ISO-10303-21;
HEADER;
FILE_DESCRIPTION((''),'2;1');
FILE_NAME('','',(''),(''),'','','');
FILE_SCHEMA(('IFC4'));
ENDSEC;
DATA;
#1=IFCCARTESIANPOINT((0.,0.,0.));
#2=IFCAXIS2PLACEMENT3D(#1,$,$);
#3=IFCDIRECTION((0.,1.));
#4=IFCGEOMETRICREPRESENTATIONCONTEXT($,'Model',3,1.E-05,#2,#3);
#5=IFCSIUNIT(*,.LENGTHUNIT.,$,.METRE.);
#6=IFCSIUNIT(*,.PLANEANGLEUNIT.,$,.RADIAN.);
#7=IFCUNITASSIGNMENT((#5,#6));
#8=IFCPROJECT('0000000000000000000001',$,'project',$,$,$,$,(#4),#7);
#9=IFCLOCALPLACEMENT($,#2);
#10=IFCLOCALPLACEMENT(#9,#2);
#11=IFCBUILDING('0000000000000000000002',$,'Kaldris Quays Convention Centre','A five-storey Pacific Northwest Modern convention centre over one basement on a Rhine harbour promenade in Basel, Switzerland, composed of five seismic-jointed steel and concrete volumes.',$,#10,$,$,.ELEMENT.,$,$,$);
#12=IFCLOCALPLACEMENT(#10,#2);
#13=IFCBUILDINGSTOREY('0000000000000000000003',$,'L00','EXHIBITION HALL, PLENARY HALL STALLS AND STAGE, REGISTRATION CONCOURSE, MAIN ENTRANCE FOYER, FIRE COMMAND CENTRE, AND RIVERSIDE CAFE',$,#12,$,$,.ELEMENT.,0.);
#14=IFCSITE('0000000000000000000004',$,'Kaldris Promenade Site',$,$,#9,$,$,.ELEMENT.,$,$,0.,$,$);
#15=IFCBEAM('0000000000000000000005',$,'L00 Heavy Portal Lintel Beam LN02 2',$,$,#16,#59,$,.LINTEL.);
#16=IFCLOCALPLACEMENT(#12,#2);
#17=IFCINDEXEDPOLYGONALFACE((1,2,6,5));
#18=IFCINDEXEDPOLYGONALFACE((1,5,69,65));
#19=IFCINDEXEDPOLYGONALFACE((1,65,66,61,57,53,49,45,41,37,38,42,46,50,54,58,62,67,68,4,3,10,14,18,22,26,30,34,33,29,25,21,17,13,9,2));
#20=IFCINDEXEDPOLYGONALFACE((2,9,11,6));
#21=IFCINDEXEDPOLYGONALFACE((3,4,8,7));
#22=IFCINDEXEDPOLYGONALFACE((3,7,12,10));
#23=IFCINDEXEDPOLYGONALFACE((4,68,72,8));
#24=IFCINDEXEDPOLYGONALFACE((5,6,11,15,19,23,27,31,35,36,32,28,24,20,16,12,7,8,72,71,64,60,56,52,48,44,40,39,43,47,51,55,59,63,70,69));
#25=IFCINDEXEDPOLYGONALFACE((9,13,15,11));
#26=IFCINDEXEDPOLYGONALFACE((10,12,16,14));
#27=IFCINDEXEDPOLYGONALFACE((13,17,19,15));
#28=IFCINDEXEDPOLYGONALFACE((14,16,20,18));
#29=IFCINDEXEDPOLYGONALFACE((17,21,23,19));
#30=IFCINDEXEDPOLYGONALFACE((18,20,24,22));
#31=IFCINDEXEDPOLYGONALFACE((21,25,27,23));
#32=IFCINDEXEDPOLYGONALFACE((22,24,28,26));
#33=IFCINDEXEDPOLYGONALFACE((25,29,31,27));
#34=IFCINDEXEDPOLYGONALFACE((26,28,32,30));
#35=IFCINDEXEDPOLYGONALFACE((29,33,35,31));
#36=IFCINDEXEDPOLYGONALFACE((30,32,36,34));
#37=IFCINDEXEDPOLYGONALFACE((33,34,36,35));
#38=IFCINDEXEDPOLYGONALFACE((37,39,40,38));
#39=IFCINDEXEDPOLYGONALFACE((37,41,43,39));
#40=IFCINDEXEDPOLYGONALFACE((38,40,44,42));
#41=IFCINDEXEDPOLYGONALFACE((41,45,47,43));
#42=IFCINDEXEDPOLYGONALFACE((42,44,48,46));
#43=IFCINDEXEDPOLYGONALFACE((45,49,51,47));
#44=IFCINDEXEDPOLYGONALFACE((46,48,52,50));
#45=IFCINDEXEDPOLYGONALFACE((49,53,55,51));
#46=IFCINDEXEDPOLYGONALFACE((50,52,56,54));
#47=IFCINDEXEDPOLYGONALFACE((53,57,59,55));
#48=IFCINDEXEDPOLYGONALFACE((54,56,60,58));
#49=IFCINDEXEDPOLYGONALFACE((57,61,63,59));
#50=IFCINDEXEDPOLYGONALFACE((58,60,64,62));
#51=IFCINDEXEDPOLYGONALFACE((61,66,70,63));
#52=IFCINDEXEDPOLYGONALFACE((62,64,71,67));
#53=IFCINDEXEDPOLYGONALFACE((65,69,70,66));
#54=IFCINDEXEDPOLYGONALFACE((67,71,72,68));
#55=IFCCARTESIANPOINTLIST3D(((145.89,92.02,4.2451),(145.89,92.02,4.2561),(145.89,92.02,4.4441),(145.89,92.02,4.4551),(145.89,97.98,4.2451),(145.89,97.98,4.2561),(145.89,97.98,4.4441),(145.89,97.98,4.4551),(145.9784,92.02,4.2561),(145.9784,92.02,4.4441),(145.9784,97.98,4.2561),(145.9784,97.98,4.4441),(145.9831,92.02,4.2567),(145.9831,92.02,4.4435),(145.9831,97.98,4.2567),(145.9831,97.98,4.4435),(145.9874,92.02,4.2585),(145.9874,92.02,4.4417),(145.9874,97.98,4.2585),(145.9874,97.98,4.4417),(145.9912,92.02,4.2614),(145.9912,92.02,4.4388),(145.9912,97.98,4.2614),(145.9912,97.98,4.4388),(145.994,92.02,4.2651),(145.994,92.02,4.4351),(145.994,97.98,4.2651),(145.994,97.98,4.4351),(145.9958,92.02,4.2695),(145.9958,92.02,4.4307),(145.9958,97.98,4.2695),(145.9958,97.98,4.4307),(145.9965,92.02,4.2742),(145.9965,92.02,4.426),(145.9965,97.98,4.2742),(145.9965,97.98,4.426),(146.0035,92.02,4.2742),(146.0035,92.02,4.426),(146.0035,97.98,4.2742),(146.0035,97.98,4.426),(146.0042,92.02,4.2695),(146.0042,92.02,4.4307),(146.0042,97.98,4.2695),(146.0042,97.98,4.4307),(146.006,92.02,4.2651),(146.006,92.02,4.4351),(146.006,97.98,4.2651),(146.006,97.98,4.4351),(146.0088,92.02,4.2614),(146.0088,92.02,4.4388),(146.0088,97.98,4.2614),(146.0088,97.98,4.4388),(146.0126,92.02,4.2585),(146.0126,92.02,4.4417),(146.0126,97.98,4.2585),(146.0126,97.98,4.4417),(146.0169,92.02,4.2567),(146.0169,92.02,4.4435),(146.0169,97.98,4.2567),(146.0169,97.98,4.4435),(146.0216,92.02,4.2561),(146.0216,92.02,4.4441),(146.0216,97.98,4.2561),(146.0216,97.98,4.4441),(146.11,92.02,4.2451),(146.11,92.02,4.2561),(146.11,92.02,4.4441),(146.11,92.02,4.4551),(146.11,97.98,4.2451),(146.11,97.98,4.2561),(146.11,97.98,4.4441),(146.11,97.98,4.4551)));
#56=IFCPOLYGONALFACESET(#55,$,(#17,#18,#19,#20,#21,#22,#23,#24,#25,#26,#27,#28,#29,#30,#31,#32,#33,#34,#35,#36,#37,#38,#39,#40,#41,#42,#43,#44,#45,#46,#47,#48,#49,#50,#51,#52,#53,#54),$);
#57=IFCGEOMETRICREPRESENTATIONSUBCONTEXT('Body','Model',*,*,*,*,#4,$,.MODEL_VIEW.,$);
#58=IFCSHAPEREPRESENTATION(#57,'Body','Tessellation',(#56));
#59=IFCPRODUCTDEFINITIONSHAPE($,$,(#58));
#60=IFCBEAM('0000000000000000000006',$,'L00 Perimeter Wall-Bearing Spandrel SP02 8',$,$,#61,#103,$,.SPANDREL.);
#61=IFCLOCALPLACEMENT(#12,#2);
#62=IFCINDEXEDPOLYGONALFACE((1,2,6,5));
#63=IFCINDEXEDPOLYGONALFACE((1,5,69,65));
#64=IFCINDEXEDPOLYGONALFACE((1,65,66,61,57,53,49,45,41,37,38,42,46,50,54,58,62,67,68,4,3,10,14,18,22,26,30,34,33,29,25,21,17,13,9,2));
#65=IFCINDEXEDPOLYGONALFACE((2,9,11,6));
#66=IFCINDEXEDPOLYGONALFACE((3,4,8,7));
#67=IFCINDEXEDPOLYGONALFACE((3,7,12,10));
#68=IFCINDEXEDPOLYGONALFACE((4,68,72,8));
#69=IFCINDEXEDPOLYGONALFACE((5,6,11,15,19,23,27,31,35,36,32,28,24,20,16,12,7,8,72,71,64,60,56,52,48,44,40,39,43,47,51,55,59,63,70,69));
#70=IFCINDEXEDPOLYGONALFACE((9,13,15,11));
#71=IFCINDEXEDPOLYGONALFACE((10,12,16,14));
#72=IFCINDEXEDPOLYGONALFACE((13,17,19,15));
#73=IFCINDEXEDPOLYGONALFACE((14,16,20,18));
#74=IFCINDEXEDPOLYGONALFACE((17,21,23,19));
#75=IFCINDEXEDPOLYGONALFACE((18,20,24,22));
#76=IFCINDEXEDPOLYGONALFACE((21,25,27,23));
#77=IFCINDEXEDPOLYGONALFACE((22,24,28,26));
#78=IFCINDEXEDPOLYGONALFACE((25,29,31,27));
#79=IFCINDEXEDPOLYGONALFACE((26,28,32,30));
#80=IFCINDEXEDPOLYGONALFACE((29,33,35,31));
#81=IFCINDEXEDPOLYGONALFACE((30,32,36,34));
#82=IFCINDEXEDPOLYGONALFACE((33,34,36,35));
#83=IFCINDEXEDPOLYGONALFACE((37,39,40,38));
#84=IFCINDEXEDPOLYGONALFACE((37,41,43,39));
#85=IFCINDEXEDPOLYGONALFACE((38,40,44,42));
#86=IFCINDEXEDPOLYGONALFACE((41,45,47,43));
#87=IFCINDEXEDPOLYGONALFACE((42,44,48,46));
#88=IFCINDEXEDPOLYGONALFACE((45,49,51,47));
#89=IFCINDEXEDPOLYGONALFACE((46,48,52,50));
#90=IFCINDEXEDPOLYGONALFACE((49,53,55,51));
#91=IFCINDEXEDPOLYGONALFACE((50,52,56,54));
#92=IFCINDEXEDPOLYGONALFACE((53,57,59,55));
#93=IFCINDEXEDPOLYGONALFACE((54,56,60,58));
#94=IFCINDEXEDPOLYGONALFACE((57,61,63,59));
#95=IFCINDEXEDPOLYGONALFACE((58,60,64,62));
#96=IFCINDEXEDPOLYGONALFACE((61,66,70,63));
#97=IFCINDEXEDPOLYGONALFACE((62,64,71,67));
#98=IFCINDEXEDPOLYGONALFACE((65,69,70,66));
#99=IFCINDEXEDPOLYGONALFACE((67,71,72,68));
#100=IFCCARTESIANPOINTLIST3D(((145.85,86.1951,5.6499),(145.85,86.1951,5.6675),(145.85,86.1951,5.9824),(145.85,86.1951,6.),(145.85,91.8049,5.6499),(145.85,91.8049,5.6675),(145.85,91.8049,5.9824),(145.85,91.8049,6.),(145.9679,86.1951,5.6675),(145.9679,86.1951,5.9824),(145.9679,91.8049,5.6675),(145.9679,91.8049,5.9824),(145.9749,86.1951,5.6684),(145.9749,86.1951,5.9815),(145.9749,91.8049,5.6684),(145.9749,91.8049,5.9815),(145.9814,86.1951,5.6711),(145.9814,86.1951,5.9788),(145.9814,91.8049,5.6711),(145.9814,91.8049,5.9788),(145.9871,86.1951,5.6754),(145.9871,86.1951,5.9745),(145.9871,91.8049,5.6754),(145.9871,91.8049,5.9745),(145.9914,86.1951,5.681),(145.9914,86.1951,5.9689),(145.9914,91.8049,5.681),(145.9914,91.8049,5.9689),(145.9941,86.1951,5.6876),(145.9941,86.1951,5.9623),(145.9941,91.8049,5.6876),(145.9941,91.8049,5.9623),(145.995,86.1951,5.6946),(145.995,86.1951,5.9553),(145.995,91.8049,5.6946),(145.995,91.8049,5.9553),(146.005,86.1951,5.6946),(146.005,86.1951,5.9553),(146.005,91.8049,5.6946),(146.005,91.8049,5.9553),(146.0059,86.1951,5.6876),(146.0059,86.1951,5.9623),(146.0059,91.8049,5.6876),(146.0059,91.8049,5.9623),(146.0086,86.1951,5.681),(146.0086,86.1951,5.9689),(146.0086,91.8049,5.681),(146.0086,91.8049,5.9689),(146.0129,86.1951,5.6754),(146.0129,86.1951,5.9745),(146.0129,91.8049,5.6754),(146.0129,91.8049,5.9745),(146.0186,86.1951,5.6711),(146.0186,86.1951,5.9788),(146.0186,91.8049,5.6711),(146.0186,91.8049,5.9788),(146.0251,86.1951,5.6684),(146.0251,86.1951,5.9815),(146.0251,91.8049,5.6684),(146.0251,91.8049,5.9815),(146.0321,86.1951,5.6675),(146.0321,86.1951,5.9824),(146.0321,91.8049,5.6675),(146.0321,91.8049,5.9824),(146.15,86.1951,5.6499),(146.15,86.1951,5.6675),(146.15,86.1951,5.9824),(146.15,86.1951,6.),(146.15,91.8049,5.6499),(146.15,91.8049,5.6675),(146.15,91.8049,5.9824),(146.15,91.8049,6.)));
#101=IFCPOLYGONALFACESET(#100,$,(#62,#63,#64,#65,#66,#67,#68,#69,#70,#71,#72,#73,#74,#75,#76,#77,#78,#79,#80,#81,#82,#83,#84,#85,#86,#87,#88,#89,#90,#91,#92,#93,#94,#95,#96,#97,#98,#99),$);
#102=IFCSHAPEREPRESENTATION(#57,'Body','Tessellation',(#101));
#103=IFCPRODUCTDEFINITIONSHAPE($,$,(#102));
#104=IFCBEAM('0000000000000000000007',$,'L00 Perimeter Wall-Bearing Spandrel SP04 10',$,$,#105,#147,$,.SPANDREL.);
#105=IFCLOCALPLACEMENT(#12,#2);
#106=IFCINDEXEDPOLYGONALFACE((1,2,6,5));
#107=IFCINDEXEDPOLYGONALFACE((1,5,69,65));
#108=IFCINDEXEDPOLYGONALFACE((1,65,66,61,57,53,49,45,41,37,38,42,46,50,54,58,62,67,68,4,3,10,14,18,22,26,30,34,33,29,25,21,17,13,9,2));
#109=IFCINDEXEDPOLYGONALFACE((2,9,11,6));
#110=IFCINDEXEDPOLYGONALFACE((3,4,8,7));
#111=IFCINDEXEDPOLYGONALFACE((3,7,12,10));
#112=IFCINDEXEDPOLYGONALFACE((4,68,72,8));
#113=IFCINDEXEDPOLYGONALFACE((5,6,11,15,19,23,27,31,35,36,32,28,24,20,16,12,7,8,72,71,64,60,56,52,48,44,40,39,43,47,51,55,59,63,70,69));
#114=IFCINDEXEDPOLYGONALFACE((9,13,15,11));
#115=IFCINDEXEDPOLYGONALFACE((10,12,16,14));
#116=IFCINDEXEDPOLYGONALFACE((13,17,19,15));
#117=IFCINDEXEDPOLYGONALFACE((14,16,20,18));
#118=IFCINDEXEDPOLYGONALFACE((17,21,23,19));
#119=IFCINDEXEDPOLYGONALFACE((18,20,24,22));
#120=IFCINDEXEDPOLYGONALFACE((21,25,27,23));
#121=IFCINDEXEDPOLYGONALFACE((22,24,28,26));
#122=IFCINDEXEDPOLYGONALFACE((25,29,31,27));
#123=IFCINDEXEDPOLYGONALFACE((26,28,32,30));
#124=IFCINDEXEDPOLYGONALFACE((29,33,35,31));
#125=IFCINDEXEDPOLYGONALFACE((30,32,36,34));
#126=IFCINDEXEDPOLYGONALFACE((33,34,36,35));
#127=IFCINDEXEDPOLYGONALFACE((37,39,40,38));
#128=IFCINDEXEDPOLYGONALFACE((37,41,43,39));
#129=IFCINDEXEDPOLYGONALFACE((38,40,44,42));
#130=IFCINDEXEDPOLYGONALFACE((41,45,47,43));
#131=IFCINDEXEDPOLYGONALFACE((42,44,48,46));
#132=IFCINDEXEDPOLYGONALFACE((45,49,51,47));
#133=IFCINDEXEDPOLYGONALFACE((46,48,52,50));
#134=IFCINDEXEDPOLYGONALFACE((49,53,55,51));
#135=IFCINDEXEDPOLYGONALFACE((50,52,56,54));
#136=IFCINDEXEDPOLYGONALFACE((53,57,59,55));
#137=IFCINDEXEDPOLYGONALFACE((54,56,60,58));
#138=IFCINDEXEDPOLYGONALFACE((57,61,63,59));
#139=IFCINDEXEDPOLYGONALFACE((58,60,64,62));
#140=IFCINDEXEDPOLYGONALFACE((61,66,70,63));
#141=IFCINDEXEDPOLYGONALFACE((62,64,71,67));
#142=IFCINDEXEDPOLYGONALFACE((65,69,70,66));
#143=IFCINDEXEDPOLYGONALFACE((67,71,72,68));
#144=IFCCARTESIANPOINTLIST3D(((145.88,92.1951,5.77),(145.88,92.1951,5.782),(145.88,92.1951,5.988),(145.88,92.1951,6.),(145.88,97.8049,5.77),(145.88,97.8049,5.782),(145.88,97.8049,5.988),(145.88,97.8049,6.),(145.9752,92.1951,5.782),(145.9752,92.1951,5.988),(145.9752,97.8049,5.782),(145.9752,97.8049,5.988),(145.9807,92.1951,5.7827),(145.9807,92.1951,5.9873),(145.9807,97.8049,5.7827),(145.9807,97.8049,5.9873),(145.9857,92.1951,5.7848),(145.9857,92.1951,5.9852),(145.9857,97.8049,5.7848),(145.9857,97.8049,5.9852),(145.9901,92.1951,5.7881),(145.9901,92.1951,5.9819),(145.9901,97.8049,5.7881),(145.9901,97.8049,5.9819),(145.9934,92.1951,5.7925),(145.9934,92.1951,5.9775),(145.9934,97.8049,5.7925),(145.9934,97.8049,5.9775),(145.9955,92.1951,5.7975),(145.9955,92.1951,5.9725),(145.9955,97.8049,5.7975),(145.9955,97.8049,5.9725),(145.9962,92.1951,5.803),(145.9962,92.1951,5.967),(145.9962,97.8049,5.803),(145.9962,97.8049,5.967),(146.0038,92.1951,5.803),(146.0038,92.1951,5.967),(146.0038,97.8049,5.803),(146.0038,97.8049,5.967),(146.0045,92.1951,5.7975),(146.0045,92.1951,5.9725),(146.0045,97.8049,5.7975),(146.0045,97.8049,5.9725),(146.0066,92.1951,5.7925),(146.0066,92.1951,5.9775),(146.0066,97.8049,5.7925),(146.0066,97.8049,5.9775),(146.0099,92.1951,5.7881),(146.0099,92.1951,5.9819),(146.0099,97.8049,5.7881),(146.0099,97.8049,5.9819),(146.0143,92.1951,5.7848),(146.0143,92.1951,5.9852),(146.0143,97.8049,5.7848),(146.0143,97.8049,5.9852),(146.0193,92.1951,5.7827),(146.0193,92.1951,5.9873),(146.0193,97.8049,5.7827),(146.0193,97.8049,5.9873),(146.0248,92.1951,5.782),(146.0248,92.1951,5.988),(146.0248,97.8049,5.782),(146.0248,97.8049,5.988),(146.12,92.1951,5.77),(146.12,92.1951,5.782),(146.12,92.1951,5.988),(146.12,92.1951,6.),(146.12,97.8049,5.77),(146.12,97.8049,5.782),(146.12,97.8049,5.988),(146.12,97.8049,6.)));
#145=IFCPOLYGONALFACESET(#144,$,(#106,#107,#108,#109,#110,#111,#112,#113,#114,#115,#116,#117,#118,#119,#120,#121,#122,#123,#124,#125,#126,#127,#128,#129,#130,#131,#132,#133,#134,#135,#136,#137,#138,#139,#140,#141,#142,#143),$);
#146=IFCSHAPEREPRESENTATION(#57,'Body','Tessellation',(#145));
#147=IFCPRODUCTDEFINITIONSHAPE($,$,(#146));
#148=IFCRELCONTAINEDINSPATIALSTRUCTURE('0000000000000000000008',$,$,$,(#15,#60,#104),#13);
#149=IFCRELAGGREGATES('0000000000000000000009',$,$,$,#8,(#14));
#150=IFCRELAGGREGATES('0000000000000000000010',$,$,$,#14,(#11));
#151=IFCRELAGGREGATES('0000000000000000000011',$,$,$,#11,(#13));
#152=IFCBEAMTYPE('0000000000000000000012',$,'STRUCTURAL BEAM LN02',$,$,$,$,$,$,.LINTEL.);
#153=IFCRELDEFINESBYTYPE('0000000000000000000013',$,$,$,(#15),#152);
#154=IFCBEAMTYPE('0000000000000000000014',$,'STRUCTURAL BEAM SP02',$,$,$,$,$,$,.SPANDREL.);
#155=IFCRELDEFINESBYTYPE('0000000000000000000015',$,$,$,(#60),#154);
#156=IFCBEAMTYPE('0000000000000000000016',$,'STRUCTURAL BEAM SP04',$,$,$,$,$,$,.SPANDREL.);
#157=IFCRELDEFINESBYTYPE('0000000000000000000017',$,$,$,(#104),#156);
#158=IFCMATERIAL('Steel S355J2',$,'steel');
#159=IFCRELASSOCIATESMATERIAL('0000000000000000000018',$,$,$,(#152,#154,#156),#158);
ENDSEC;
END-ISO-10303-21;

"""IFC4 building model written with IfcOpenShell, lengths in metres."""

from ifc_helpers import new_model, si_unit, direction, frame, origin, origin_2d, place, context, subcontext, project, spatial, i_section, extrude, material, material_profile, profile_set, type_object, element, save


model = new_model("IFC4")

# Units and contexts
model_context = context("Model", 3, precision=1e-05, world=origin(), true_north=direction((0.0, 1.0)))
body_context = subcontext(model_context, "Body", "Model", "MODEL_VIEW")
ifc_project = project(units=[si_unit("LENGTHUNIT", "METRE"), si_unit("PLANEANGLEUNIT", "RADIAN")], contexts=[model_context])

# Site, building, storey
site_placement = place(None, origin())
site = spatial("IfcSite", under=ifc_project, at=site_placement, Name="Kaldris Promenade Site", CompositionType="ELEMENT", RefElevation=0.0)
building_placement = place(site_placement, origin())
building = spatial("IfcBuilding", under=site, at=building_placement, Name="Kaldris Quays Convention Centre", Description="A five-storey Pacific Northwest Modern convention centre over one basement on a Rhine harbour promenade in Basel, Switzerland, composed of five seismic-jointed steel and concrete volumes.", CompositionType="ELEMENT")
storey_placement = place(building_placement, origin())
storey = spatial("IfcBuildingStorey", under=building, at=storey_placement, Name="L00", Description="EXHIBITION HALL, PLENARY HALL STALLS AND STAGE, REGISTRATION CONCOURSE, MAIN ENTRANCE FOYER, FIRE COMMAND CENTRE, AND RIVERSIDE CAFE", CompositionType="ELEMENT", Elevation=0.0)

# Shared definitions
ifc_material_1 = material(Name="Steel S355J2", Category="steel")

# Beams
ifc_material_profile_1 = material_profile(ifc_material_1, i_section(OverallWidth=0.22, OverallDepth=0.21, WebThickness=0.0071, FlangeThickness=0.011, FilletRadius=0.0181, at=origin_2d()), Name="HEA 220")
ifc_profile_set_1 = profile_set([ifc_material_profile_1], Name="Steel S355J2")
beam_type_1 = type_object("IfcBeamType", Name="STRUCTURAL BEAM LN02", PredefinedType="LINTEL", material=ifc_profile_set_1)
beam_1_placement = place(storey_placement, frame((146.0, 92.02, 4.3501), z_axis=(0.0, 1.0, 0.0), x_axis=(-1.0, 0.0, 0.0)))
element("IfcBeam", 1, at=beam_1_placement, inside=storey, type_object=beam_type_1, Name="L00 Heavy Portal Lintel Beam LN02 2", PredefinedType="LINTEL", context=body_context, shape_type="SweptSolid", body=[
    extrude(i_section(OverallWidth=0.22, OverallDepth=0.21, WebThickness=0.0071, FlangeThickness=0.011, FilletRadius=0.0181, at=origin_2d()), origin(), (0.0, 0.0, 1.0), 5.96),
])
ifc_material_profile_2 = material_profile(ifc_material_1, i_section(OverallWidth=0.3, OverallDepth=0.3501, WebThickness=0.01, FlangeThickness=0.0176, FilletRadius=0.0271, at=origin_2d()), Name="HEA 360")
ifc_profile_set_2 = profile_set([ifc_material_profile_2], Name="Steel S355J2")
beam_type_2 = type_object("IfcBeamType", Name="STRUCTURAL BEAM SP02", PredefinedType="SPANDREL", material=ifc_profile_set_2)
beam_2_placement = place(storey_placement, frame((146.0, 86.1951, 5.825), z_axis=(0.0, 1.0, 0.0), x_axis=(-1.0, 0.0, 0.0)))
element("IfcBeam", 2, at=beam_2_placement, inside=storey, type_object=beam_type_2, Name="L00 Perimeter Wall-Bearing Spandrel SP02 8", PredefinedType="SPANDREL", context=body_context, shape_type="SweptSolid", body=[
    extrude(i_section(OverallWidth=0.3, OverallDepth=0.3501, WebThickness=0.01, FlangeThickness=0.0176, FilletRadius=0.0271, at=origin_2d()), origin(), (0.0, 0.0, 1.0), 5.6099),
])
ifc_material_profile_3 = material_profile(ifc_material_1, i_section(OverallWidth=0.24, OverallDepth=0.23, WebThickness=0.0076, FlangeThickness=0.012, FilletRadius=0.021, at=origin_2d()), Name="HEA 240")
ifc_profile_set_3 = profile_set([ifc_material_profile_3], Name="Steel S355J2")
beam_type_3 = type_object("IfcBeamType", Name="STRUCTURAL BEAM SP04", PredefinedType="SPANDREL", material=ifc_profile_set_3)
beam_3_placement = place(storey_placement, frame((146.0, 92.1951, 5.885), z_axis=(0.0, 1.0, 0.0), x_axis=(-1.0, 0.0, 0.0)))
element("IfcBeam", 3, at=beam_3_placement, inside=storey, type_object=beam_type_3, Name="L00 Perimeter Wall-Bearing Spandrel SP04 10", PredefinedType="SPANDREL", context=body_context, shape_type="SweptSolid", body=[
    extrude(i_section(OverallWidth=0.24, OverallDepth=0.23, WebThickness=0.0076, FlangeThickness=0.012, FilletRadius=0.021, at=origin_2d()), origin(), (0.0, 0.0, 1.0), 5.6099),
])

save(model, "model.ifc")
